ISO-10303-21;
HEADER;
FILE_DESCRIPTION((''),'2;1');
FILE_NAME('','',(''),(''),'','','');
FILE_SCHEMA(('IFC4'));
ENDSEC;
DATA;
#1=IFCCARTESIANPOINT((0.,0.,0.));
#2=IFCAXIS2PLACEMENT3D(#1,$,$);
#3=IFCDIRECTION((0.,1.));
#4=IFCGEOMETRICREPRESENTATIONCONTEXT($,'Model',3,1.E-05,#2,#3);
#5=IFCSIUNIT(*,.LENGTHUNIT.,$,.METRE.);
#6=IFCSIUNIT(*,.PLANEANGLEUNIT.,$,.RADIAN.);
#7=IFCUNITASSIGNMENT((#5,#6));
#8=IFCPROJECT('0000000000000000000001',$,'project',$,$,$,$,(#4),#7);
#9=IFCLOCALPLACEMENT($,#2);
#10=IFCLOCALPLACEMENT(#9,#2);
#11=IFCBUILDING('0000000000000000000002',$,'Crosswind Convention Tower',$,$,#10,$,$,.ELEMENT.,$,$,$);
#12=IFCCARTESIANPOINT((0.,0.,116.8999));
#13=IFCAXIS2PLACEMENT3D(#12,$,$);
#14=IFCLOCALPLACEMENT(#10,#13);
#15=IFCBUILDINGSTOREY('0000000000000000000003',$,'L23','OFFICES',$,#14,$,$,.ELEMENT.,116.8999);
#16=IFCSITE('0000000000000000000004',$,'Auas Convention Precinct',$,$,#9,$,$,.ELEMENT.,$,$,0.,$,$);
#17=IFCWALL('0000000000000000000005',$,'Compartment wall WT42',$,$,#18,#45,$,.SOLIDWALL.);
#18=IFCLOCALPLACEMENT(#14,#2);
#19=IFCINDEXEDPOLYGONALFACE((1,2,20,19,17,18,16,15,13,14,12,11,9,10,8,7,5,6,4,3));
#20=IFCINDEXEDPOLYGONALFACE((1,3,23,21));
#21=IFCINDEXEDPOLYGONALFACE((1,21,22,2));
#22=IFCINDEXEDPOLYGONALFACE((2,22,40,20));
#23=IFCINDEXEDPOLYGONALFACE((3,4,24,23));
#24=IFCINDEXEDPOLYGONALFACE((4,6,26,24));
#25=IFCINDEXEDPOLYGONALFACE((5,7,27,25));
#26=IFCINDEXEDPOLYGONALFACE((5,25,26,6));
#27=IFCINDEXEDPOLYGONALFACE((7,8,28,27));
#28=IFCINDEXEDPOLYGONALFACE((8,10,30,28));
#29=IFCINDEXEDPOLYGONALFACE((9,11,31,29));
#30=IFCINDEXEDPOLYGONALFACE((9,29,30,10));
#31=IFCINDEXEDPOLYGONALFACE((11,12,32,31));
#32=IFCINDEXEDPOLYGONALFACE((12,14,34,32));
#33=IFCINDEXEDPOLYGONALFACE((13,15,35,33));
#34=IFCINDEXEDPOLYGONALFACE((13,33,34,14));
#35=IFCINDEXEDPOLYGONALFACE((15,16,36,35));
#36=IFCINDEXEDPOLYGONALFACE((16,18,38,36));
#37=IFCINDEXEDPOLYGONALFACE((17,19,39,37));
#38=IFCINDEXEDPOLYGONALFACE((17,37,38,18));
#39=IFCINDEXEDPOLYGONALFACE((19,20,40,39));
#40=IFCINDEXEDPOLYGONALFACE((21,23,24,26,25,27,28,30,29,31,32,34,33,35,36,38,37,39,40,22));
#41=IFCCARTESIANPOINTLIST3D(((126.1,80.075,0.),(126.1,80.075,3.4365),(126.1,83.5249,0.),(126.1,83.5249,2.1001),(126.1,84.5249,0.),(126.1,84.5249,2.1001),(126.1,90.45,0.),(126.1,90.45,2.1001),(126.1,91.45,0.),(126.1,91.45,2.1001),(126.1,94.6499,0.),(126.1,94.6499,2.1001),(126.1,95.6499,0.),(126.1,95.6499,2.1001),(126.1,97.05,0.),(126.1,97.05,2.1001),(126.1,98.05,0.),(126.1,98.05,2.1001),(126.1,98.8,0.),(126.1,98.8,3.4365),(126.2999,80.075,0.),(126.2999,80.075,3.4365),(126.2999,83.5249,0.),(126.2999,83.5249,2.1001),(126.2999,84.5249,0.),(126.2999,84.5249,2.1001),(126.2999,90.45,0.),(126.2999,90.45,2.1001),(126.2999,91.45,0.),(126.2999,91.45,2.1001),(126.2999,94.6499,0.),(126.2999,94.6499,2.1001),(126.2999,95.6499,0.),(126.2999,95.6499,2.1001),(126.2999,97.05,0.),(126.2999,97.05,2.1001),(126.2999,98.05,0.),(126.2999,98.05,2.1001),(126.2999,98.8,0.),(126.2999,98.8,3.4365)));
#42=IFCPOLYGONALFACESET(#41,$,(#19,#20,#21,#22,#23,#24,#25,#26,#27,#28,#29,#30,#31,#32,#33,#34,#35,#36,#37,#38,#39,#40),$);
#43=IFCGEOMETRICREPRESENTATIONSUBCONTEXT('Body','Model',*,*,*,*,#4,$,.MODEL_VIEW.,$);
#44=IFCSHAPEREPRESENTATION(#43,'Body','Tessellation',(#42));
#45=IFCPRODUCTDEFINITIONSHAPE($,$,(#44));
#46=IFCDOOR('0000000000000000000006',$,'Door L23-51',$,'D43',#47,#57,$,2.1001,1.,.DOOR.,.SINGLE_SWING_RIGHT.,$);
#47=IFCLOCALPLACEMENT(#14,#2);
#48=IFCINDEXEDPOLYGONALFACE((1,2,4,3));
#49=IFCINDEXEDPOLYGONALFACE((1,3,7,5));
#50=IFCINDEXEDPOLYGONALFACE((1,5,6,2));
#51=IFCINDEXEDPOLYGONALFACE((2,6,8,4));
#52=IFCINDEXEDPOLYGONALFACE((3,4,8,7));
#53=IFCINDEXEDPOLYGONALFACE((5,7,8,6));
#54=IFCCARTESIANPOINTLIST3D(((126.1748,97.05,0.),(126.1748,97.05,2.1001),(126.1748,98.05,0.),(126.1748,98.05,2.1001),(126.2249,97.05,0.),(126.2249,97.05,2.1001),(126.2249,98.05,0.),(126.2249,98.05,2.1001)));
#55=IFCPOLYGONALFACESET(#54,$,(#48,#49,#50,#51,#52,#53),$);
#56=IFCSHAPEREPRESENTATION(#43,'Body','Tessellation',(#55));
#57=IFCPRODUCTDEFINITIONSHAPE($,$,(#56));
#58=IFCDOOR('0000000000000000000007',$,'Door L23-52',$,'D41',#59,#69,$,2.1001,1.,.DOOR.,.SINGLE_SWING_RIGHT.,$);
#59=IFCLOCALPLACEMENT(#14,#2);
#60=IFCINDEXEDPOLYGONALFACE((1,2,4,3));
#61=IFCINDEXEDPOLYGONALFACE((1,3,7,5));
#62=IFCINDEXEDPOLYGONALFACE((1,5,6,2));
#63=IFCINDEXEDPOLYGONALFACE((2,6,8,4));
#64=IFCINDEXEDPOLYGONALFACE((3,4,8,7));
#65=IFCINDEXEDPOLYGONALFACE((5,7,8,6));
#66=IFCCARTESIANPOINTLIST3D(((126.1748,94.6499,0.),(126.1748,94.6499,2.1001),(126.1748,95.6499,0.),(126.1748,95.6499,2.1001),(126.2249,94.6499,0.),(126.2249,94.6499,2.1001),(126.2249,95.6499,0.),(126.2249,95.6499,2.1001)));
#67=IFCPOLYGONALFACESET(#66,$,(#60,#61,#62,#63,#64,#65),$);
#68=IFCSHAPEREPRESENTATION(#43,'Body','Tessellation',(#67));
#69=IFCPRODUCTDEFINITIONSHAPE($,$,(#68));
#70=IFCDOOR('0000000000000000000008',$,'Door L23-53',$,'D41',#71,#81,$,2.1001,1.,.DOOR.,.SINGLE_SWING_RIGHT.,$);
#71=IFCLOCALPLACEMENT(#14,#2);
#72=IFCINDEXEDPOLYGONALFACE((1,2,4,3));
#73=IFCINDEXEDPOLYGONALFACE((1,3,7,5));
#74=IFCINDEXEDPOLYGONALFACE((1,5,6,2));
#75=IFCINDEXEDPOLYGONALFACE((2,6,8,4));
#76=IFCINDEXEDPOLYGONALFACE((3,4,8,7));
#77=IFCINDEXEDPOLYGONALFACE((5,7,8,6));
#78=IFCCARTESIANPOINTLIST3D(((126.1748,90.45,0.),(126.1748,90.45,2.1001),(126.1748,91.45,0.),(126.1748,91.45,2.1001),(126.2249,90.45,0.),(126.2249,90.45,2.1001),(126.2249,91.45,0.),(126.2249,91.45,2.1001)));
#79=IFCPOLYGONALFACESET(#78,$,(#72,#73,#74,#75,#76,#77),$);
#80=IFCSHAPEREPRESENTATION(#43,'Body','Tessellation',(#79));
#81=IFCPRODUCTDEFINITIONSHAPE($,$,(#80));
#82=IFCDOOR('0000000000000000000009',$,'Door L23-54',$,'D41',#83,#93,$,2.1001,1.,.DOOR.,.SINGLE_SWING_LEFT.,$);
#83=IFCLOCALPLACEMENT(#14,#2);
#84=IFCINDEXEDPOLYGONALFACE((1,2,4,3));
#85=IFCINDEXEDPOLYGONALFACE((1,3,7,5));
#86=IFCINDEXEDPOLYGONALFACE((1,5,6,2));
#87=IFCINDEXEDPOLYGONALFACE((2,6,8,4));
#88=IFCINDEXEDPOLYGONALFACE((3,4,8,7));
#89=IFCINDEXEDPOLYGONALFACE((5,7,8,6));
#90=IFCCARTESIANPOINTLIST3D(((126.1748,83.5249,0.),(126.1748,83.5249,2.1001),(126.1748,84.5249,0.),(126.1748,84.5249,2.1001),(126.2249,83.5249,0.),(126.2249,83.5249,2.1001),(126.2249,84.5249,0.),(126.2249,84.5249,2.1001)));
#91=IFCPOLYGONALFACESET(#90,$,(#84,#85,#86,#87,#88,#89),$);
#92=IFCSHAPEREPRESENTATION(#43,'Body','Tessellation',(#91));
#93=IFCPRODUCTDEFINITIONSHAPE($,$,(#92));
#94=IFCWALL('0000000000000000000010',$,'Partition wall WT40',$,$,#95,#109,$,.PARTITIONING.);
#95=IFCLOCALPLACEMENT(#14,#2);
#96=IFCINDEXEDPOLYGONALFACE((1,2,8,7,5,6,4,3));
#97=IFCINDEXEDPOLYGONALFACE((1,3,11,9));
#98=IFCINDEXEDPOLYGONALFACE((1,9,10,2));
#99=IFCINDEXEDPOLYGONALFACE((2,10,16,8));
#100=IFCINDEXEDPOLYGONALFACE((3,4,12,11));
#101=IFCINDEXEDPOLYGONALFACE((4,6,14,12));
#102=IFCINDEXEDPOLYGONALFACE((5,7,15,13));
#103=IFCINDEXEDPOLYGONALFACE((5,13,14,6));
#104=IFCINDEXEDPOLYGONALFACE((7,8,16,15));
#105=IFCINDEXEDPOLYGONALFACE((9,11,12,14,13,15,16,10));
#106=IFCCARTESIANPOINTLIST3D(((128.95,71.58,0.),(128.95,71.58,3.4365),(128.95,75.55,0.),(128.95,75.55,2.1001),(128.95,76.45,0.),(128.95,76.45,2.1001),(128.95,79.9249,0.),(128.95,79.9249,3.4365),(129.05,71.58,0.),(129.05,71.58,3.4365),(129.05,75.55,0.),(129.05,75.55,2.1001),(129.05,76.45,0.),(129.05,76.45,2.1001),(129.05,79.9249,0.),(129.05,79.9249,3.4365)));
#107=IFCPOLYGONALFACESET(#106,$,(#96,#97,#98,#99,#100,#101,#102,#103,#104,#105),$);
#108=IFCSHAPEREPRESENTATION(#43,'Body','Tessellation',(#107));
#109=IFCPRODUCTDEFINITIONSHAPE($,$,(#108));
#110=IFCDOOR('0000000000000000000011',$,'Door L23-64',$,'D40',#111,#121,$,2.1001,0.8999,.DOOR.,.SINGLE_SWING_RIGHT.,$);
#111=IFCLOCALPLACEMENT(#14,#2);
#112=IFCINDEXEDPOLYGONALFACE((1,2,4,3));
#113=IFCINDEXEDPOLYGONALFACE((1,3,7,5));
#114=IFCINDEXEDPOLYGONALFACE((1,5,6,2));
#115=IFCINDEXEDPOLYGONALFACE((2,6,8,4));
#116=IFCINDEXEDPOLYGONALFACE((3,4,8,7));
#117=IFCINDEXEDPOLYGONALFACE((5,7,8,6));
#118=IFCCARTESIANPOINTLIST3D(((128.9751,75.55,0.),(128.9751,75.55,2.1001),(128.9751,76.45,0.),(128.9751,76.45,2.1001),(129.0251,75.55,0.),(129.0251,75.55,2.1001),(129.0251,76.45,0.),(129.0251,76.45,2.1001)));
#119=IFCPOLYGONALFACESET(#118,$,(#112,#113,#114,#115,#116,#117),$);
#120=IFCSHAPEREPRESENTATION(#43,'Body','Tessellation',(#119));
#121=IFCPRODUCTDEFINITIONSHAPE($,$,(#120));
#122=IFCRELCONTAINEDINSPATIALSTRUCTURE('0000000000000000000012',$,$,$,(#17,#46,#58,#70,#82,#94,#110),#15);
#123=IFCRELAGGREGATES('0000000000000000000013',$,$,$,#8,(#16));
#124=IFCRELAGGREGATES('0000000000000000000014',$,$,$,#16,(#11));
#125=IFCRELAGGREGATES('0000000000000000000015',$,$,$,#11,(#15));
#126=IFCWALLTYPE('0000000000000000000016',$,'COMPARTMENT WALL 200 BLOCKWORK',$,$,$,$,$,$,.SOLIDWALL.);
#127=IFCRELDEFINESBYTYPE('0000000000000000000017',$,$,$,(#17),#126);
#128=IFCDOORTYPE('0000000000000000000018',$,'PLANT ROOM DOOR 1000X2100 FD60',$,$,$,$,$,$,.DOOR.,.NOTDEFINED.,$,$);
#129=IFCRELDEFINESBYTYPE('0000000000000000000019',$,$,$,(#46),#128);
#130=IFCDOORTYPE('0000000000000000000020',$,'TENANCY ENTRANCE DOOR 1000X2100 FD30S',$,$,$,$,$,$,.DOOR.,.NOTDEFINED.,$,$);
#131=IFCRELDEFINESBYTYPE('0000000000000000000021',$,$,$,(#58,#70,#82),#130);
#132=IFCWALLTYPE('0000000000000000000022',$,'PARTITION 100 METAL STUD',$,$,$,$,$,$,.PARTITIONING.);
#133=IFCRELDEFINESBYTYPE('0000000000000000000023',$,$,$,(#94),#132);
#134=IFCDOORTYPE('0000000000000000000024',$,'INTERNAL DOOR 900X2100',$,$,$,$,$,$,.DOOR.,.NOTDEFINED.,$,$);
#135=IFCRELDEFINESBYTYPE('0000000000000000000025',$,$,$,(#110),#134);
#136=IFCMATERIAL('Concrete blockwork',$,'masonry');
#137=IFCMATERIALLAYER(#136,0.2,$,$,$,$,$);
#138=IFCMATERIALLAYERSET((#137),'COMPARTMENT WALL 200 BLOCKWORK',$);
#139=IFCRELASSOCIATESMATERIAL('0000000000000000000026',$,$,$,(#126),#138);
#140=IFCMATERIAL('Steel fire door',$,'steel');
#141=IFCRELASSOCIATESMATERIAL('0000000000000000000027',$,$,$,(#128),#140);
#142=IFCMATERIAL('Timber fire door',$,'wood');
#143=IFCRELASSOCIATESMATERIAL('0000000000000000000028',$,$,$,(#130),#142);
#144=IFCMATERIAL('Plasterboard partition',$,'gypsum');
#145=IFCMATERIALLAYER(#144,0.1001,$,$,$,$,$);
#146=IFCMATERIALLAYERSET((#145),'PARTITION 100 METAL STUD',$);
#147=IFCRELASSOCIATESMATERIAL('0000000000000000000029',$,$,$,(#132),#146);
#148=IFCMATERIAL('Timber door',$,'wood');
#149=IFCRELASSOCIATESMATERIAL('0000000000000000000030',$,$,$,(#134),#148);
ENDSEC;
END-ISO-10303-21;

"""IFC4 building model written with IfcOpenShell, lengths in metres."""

from ifc_helpers import new_model, si_unit, direction, frame, frame_2d, origin, place, context, subcontext, project, spatial, rectangle, extrude, material, layer, layer_set, type_object, element, fill, save


model = new_model("IFC4")

# Units and contexts
model_context = context("Model", 3, precision=1e-05, world=origin(), true_north=direction((0.0, 1.0)))
body_context = subcontext(model_context, "Body", "Model", "MODEL_VIEW")
ifc_project = project(units=[si_unit("LENGTHUNIT", "METRE"), si_unit("PLANEANGLEUNIT", "RADIAN")], contexts=[model_context])

# Site, building, storey
site_placement = place(None, origin())
site = spatial("IfcSite", under=ifc_project, at=site_placement, Name="Auas Convention Precinct", CompositionType="ELEMENT", RefElevation=0.0)
building_placement = place(site_placement, origin())
building = spatial("IfcBuilding", under=site, at=building_placement, Name="Crosswind Convention Tower", CompositionType="ELEMENT")
storey_placement = place(building_placement, frame((0.0, 0.0, 116.8999)))
storey = spatial("IfcBuildingStorey", under=building, at=storey_placement, Name="L23", Description="OFFICES", CompositionType="ELEMENT", Elevation=116.8999)

# Wall, openings, doors
ifc_material_1 = material(Name="Concrete blockwork", Category="masonry")
ifc_layer_1 = layer(ifc_material_1, 0.2)
ifc_layer_set_1 = layer_set([ifc_layer_1], Name="COMPARTMENT WALL 200 BLOCKWORK")
wall_type_1 = type_object("IfcWallType", Name="COMPARTMENT WALL 200 BLOCKWORK", PredefinedType="SOLIDWALL", material=ifc_layer_set_1)
ifc_material_2 = material(Name="Steel fire door", Category="steel")
door_type_1 = type_object("IfcDoorType", Name="PLANT ROOM DOOR 1000X2100 FD60", OperationType="NOTDEFINED", PredefinedType="DOOR", material=ifc_material_2)
ifc_material_3 = material(Name="Timber fire door", Category="wood")
door_type_2 = type_object("IfcDoorType", Name="TENANCY ENTRANCE DOOR 1000X2100 FD30S", OperationType="NOTDEFINED", PredefinedType="DOOR", material=ifc_material_3)
wall_1_placement = place(storey_placement, frame((126.2, 80.075, 0.0), z_axis=(0.0, 0.0, 1.0), x_axis=(0.0, 1.0, 0.0)))
wall_1 = element("IfcWall", 1, at=wall_1_placement, inside=storey, type_object=wall_type_1, Name="Compartment wall WT42", PredefinedType="SOLIDWALL", context=body_context, shape_type="SweptSolid", body=[
    extrude(rectangle(XDim=18.7251, YDim=0.2, at=frame_2d((9.3625, 0.0))), origin(), (0.0, 0.0, 1.0), 3.4365),
])
opening_1_placement = place(wall_1_placement, frame((16.9751, 0.0, 0.0)))
opening_1 = element("IfcOpeningElement", 2, at=opening_1_placement, cuts=wall_1, PredefinedType="OPENING", context=body_context, shape_type="SweptSolid", body=[
    extrude(rectangle(XDim=1.0, YDim=2.1001, at=frame_2d((0.5, 1.05))), frame((0.0, 0.1099, 0.0), z_axis=(0.0, -1.0, 0.0), x_axis=(1.0, 0.0, 0.0)), (0.0, 0.0, 1.0), 0.22),
])
opening_2_placement = place(wall_1_placement, frame((14.575, 0.0, 0.0)))
opening_2 = element("IfcOpeningElement", 3, at=opening_2_placement, cuts=wall_1, PredefinedType="OPENING", context=body_context, shape_type="SweptSolid", body=[
    extrude(rectangle(XDim=1.0, YDim=2.1001, at=frame_2d((0.5, 1.05))), frame((0.0, 0.1099, 0.0), z_axis=(0.0, -1.0, 0.0), x_axis=(1.0, 0.0, 0.0)), (0.0, 0.0, 1.0), 0.22),
])
opening_3_placement = place(wall_1_placement, frame((10.375, 0.0, 0.0)))
opening_3 = element("IfcOpeningElement", 4, at=opening_3_placement, cuts=wall_1, PredefinedType="OPENING", context=body_context, shape_type="SweptSolid", body=[
    extrude(rectangle(XDim=1.0, YDim=2.1001, at=frame_2d((0.5, 1.05))), frame((0.0, 0.1099, 0.0), z_axis=(0.0, -1.0, 0.0), x_axis=(1.0, 0.0, 0.0)), (0.0, 0.0, 1.0), 0.22),
])
opening_4_placement = place(wall_1_placement, frame((3.45, 0.0, 0.0)))
opening_4 = element("IfcOpeningElement", 5, at=opening_4_placement, cuts=wall_1, PredefinedType="OPENING", context=body_context, shape_type="SweptSolid", body=[
    extrude(rectangle(XDim=1.0, YDim=2.1001, at=frame_2d((0.5, 1.05))), frame((0.0, 0.1099, 0.0), z_axis=(0.0, -1.0, 0.0), x_axis=(1.0, 0.0, 0.0)), (0.0, 0.0, 1.0), 0.22),
])
door_1_placement = place(opening_1_placement, frame((1.0, 0.0, 0.0), z_axis=(0.0, 0.0, 1.0), x_axis=(-1.0, 0.0, 0.0)))
door_1 = element("IfcDoor", 6, at=door_1_placement, inside=storey, type_object=door_type_1, Name="Door L23-51", ObjectType="D43", OperationType="SINGLE_SWING_RIGHT", OverallHeight=2.1001, OverallWidth=1.0, PredefinedType="DOOR", context=body_context, shape_type="SweptSolid", body=[
    extrude(rectangle(XDim=1.0, YDim=2.1001, at=frame_2d((0.5, 1.05))), frame((0.0, 0.0249, 0.0), z_axis=(0.0, -1.0, 0.0), x_axis=(1.0, 0.0, 0.0)), (0.0, 0.0, 1.0), 0.05),
])
fill(opening_1, door_1)
door_2_placement = place(opening_2_placement, frame((1.0, 0.0, 0.0), z_axis=(0.0, 0.0, 1.0), x_axis=(-1.0, 0.0, 0.0)))
door_2 = element("IfcDoor", 7, at=door_2_placement, inside=storey, type_object=door_type_2, Name="Door L23-52", ObjectType="D41", OperationType="SINGLE_SWING_RIGHT", OverallHeight=2.1001, OverallWidth=1.0, PredefinedType="DOOR", context=body_context, shape_type="SweptSolid", body=[
    extrude(rectangle(XDim=1.0, YDim=2.1001, at=frame_2d((0.5, 1.05))), frame((0.0, 0.0249, 0.0), z_axis=(0.0, -1.0, 0.0), x_axis=(1.0, 0.0, 0.0)), (0.0, 0.0, 1.0), 0.05),
])
fill(opening_2, door_2)
door_3_placement = place(opening_3_placement, frame((1.0, 0.0, 0.0), z_axis=(0.0, 0.0, 1.0), x_axis=(-1.0, 0.0, 0.0)))
door_3 = element("IfcDoor", 8, at=door_3_placement, inside=storey, type_object=door_type_2, Name="Door L23-53", ObjectType="D41", OperationType="SINGLE_SWING_RIGHT", OverallHeight=2.1001, OverallWidth=1.0, PredefinedType="DOOR", context=body_context, shape_type="SweptSolid", body=[
    extrude(rectangle(XDim=1.0, YDim=2.1001, at=frame_2d((0.5, 1.05))), frame((0.0, 0.0249, 0.0), z_axis=(0.0, -1.0, 0.0), x_axis=(1.0, 0.0, 0.0)), (0.0, 0.0, 1.0), 0.05),
])
fill(opening_3, door_3)
door_4_placement = place(opening_4_placement, frame((1.0, 0.0, 0.0), z_axis=(0.0, 0.0, 1.0), x_axis=(-1.0, 0.0, 0.0)))
door_4 = element("IfcDoor", 9, at=door_4_placement, inside=storey, type_object=door_type_2, Name="Door L23-54", ObjectType="D41", OperationType="SINGLE_SWING_LEFT", OverallHeight=2.1001, OverallWidth=1.0, PredefinedType="DOOR", context=body_context, shape_type="SweptSolid", body=[
    extrude(rectangle(XDim=1.0, YDim=2.1001, at=frame_2d((0.5, 1.05))), frame((0.0, 0.0249, 0.0), z_axis=(0.0, -1.0, 0.0), x_axis=(1.0, 0.0, 0.0)), (0.0, 0.0, 1.0), 0.05),
])
fill(opening_4, door_4)

# Wall, opening, door
ifc_material_4 = material(Name="Plasterboard partition", Category="gypsum")
ifc_layer_2 = layer(ifc_material_4, 0.1001)
ifc_layer_set_2 = layer_set([ifc_layer_2], Name="PARTITION 100 METAL STUD")
wall_type_2 = type_object("IfcWallType", Name="PARTITION 100 METAL STUD", PredefinedType="PARTITIONING", material=ifc_layer_set_2)
wall_2_placement = place(storey_placement, frame((129.0, 71.5801, 0.0), z_axis=(0.0, 0.0, 1.0), x_axis=(0.0, 1.0, 0.0)))
wall_2 = element("IfcWall", 10, at=wall_2_placement, inside=storey, type_object=wall_type_2, Name="Partition wall WT40", PredefinedType="PARTITIONING", context=body_context, shape_type="SweptSolid", body=[
    extrude(rectangle(XDim=8.345, YDim=0.1001, at=frame_2d((4.1724, 0.0))), origin(), (0.0, 0.0, 1.0), 3.4365),
])
opening_5_placement = place(wall_2_placement, frame((3.97, 0.0, 0.0)))
opening_5 = element("IfcOpeningElement", 11, at=opening_5_placement, cuts=wall_2, PredefinedType="OPENING", context=body_context, shape_type="SweptSolid", body=[
    extrude(rectangle(XDim=0.8999, YDim=2.1001, at=frame_2d((0.45, 1.05))), frame((0.0, 0.0601, 0.0), z_axis=(0.0, -1.0, 0.0), x_axis=(1.0, 0.0, 0.0)), (0.0, 0.0, 1.0), 0.1201),
])
ifc_material_5 = material(Name="Timber door", Category="wood")
door_type_3 = type_object("IfcDoorType", Name="INTERNAL DOOR 900X2100", OperationType="NOTDEFINED", PredefinedType="DOOR", material=ifc_material_5)
door_5_placement = place(opening_5_placement, origin())
door_5 = element("IfcDoor", 12, at=door_5_placement, inside=storey, type_object=door_type_3, Name="Door L23-64", ObjectType="D40", OperationType="SINGLE_SWING_RIGHT", OverallHeight=2.1001, OverallWidth=0.8999, PredefinedType="DOOR", context=body_context, shape_type="SweptSolid", body=[
    extrude(rectangle(XDim=0.8999, YDim=2.1001, at=frame_2d((0.45, 1.05))), frame((0.0, 0.0249, 0.0), z_axis=(0.0, -1.0, 0.0), x_axis=(1.0, 0.0, 0.0)), (0.0, 0.0, 1.0), 0.05),
])
fill(opening_5, door_5)

save(model, "model.ifc")
